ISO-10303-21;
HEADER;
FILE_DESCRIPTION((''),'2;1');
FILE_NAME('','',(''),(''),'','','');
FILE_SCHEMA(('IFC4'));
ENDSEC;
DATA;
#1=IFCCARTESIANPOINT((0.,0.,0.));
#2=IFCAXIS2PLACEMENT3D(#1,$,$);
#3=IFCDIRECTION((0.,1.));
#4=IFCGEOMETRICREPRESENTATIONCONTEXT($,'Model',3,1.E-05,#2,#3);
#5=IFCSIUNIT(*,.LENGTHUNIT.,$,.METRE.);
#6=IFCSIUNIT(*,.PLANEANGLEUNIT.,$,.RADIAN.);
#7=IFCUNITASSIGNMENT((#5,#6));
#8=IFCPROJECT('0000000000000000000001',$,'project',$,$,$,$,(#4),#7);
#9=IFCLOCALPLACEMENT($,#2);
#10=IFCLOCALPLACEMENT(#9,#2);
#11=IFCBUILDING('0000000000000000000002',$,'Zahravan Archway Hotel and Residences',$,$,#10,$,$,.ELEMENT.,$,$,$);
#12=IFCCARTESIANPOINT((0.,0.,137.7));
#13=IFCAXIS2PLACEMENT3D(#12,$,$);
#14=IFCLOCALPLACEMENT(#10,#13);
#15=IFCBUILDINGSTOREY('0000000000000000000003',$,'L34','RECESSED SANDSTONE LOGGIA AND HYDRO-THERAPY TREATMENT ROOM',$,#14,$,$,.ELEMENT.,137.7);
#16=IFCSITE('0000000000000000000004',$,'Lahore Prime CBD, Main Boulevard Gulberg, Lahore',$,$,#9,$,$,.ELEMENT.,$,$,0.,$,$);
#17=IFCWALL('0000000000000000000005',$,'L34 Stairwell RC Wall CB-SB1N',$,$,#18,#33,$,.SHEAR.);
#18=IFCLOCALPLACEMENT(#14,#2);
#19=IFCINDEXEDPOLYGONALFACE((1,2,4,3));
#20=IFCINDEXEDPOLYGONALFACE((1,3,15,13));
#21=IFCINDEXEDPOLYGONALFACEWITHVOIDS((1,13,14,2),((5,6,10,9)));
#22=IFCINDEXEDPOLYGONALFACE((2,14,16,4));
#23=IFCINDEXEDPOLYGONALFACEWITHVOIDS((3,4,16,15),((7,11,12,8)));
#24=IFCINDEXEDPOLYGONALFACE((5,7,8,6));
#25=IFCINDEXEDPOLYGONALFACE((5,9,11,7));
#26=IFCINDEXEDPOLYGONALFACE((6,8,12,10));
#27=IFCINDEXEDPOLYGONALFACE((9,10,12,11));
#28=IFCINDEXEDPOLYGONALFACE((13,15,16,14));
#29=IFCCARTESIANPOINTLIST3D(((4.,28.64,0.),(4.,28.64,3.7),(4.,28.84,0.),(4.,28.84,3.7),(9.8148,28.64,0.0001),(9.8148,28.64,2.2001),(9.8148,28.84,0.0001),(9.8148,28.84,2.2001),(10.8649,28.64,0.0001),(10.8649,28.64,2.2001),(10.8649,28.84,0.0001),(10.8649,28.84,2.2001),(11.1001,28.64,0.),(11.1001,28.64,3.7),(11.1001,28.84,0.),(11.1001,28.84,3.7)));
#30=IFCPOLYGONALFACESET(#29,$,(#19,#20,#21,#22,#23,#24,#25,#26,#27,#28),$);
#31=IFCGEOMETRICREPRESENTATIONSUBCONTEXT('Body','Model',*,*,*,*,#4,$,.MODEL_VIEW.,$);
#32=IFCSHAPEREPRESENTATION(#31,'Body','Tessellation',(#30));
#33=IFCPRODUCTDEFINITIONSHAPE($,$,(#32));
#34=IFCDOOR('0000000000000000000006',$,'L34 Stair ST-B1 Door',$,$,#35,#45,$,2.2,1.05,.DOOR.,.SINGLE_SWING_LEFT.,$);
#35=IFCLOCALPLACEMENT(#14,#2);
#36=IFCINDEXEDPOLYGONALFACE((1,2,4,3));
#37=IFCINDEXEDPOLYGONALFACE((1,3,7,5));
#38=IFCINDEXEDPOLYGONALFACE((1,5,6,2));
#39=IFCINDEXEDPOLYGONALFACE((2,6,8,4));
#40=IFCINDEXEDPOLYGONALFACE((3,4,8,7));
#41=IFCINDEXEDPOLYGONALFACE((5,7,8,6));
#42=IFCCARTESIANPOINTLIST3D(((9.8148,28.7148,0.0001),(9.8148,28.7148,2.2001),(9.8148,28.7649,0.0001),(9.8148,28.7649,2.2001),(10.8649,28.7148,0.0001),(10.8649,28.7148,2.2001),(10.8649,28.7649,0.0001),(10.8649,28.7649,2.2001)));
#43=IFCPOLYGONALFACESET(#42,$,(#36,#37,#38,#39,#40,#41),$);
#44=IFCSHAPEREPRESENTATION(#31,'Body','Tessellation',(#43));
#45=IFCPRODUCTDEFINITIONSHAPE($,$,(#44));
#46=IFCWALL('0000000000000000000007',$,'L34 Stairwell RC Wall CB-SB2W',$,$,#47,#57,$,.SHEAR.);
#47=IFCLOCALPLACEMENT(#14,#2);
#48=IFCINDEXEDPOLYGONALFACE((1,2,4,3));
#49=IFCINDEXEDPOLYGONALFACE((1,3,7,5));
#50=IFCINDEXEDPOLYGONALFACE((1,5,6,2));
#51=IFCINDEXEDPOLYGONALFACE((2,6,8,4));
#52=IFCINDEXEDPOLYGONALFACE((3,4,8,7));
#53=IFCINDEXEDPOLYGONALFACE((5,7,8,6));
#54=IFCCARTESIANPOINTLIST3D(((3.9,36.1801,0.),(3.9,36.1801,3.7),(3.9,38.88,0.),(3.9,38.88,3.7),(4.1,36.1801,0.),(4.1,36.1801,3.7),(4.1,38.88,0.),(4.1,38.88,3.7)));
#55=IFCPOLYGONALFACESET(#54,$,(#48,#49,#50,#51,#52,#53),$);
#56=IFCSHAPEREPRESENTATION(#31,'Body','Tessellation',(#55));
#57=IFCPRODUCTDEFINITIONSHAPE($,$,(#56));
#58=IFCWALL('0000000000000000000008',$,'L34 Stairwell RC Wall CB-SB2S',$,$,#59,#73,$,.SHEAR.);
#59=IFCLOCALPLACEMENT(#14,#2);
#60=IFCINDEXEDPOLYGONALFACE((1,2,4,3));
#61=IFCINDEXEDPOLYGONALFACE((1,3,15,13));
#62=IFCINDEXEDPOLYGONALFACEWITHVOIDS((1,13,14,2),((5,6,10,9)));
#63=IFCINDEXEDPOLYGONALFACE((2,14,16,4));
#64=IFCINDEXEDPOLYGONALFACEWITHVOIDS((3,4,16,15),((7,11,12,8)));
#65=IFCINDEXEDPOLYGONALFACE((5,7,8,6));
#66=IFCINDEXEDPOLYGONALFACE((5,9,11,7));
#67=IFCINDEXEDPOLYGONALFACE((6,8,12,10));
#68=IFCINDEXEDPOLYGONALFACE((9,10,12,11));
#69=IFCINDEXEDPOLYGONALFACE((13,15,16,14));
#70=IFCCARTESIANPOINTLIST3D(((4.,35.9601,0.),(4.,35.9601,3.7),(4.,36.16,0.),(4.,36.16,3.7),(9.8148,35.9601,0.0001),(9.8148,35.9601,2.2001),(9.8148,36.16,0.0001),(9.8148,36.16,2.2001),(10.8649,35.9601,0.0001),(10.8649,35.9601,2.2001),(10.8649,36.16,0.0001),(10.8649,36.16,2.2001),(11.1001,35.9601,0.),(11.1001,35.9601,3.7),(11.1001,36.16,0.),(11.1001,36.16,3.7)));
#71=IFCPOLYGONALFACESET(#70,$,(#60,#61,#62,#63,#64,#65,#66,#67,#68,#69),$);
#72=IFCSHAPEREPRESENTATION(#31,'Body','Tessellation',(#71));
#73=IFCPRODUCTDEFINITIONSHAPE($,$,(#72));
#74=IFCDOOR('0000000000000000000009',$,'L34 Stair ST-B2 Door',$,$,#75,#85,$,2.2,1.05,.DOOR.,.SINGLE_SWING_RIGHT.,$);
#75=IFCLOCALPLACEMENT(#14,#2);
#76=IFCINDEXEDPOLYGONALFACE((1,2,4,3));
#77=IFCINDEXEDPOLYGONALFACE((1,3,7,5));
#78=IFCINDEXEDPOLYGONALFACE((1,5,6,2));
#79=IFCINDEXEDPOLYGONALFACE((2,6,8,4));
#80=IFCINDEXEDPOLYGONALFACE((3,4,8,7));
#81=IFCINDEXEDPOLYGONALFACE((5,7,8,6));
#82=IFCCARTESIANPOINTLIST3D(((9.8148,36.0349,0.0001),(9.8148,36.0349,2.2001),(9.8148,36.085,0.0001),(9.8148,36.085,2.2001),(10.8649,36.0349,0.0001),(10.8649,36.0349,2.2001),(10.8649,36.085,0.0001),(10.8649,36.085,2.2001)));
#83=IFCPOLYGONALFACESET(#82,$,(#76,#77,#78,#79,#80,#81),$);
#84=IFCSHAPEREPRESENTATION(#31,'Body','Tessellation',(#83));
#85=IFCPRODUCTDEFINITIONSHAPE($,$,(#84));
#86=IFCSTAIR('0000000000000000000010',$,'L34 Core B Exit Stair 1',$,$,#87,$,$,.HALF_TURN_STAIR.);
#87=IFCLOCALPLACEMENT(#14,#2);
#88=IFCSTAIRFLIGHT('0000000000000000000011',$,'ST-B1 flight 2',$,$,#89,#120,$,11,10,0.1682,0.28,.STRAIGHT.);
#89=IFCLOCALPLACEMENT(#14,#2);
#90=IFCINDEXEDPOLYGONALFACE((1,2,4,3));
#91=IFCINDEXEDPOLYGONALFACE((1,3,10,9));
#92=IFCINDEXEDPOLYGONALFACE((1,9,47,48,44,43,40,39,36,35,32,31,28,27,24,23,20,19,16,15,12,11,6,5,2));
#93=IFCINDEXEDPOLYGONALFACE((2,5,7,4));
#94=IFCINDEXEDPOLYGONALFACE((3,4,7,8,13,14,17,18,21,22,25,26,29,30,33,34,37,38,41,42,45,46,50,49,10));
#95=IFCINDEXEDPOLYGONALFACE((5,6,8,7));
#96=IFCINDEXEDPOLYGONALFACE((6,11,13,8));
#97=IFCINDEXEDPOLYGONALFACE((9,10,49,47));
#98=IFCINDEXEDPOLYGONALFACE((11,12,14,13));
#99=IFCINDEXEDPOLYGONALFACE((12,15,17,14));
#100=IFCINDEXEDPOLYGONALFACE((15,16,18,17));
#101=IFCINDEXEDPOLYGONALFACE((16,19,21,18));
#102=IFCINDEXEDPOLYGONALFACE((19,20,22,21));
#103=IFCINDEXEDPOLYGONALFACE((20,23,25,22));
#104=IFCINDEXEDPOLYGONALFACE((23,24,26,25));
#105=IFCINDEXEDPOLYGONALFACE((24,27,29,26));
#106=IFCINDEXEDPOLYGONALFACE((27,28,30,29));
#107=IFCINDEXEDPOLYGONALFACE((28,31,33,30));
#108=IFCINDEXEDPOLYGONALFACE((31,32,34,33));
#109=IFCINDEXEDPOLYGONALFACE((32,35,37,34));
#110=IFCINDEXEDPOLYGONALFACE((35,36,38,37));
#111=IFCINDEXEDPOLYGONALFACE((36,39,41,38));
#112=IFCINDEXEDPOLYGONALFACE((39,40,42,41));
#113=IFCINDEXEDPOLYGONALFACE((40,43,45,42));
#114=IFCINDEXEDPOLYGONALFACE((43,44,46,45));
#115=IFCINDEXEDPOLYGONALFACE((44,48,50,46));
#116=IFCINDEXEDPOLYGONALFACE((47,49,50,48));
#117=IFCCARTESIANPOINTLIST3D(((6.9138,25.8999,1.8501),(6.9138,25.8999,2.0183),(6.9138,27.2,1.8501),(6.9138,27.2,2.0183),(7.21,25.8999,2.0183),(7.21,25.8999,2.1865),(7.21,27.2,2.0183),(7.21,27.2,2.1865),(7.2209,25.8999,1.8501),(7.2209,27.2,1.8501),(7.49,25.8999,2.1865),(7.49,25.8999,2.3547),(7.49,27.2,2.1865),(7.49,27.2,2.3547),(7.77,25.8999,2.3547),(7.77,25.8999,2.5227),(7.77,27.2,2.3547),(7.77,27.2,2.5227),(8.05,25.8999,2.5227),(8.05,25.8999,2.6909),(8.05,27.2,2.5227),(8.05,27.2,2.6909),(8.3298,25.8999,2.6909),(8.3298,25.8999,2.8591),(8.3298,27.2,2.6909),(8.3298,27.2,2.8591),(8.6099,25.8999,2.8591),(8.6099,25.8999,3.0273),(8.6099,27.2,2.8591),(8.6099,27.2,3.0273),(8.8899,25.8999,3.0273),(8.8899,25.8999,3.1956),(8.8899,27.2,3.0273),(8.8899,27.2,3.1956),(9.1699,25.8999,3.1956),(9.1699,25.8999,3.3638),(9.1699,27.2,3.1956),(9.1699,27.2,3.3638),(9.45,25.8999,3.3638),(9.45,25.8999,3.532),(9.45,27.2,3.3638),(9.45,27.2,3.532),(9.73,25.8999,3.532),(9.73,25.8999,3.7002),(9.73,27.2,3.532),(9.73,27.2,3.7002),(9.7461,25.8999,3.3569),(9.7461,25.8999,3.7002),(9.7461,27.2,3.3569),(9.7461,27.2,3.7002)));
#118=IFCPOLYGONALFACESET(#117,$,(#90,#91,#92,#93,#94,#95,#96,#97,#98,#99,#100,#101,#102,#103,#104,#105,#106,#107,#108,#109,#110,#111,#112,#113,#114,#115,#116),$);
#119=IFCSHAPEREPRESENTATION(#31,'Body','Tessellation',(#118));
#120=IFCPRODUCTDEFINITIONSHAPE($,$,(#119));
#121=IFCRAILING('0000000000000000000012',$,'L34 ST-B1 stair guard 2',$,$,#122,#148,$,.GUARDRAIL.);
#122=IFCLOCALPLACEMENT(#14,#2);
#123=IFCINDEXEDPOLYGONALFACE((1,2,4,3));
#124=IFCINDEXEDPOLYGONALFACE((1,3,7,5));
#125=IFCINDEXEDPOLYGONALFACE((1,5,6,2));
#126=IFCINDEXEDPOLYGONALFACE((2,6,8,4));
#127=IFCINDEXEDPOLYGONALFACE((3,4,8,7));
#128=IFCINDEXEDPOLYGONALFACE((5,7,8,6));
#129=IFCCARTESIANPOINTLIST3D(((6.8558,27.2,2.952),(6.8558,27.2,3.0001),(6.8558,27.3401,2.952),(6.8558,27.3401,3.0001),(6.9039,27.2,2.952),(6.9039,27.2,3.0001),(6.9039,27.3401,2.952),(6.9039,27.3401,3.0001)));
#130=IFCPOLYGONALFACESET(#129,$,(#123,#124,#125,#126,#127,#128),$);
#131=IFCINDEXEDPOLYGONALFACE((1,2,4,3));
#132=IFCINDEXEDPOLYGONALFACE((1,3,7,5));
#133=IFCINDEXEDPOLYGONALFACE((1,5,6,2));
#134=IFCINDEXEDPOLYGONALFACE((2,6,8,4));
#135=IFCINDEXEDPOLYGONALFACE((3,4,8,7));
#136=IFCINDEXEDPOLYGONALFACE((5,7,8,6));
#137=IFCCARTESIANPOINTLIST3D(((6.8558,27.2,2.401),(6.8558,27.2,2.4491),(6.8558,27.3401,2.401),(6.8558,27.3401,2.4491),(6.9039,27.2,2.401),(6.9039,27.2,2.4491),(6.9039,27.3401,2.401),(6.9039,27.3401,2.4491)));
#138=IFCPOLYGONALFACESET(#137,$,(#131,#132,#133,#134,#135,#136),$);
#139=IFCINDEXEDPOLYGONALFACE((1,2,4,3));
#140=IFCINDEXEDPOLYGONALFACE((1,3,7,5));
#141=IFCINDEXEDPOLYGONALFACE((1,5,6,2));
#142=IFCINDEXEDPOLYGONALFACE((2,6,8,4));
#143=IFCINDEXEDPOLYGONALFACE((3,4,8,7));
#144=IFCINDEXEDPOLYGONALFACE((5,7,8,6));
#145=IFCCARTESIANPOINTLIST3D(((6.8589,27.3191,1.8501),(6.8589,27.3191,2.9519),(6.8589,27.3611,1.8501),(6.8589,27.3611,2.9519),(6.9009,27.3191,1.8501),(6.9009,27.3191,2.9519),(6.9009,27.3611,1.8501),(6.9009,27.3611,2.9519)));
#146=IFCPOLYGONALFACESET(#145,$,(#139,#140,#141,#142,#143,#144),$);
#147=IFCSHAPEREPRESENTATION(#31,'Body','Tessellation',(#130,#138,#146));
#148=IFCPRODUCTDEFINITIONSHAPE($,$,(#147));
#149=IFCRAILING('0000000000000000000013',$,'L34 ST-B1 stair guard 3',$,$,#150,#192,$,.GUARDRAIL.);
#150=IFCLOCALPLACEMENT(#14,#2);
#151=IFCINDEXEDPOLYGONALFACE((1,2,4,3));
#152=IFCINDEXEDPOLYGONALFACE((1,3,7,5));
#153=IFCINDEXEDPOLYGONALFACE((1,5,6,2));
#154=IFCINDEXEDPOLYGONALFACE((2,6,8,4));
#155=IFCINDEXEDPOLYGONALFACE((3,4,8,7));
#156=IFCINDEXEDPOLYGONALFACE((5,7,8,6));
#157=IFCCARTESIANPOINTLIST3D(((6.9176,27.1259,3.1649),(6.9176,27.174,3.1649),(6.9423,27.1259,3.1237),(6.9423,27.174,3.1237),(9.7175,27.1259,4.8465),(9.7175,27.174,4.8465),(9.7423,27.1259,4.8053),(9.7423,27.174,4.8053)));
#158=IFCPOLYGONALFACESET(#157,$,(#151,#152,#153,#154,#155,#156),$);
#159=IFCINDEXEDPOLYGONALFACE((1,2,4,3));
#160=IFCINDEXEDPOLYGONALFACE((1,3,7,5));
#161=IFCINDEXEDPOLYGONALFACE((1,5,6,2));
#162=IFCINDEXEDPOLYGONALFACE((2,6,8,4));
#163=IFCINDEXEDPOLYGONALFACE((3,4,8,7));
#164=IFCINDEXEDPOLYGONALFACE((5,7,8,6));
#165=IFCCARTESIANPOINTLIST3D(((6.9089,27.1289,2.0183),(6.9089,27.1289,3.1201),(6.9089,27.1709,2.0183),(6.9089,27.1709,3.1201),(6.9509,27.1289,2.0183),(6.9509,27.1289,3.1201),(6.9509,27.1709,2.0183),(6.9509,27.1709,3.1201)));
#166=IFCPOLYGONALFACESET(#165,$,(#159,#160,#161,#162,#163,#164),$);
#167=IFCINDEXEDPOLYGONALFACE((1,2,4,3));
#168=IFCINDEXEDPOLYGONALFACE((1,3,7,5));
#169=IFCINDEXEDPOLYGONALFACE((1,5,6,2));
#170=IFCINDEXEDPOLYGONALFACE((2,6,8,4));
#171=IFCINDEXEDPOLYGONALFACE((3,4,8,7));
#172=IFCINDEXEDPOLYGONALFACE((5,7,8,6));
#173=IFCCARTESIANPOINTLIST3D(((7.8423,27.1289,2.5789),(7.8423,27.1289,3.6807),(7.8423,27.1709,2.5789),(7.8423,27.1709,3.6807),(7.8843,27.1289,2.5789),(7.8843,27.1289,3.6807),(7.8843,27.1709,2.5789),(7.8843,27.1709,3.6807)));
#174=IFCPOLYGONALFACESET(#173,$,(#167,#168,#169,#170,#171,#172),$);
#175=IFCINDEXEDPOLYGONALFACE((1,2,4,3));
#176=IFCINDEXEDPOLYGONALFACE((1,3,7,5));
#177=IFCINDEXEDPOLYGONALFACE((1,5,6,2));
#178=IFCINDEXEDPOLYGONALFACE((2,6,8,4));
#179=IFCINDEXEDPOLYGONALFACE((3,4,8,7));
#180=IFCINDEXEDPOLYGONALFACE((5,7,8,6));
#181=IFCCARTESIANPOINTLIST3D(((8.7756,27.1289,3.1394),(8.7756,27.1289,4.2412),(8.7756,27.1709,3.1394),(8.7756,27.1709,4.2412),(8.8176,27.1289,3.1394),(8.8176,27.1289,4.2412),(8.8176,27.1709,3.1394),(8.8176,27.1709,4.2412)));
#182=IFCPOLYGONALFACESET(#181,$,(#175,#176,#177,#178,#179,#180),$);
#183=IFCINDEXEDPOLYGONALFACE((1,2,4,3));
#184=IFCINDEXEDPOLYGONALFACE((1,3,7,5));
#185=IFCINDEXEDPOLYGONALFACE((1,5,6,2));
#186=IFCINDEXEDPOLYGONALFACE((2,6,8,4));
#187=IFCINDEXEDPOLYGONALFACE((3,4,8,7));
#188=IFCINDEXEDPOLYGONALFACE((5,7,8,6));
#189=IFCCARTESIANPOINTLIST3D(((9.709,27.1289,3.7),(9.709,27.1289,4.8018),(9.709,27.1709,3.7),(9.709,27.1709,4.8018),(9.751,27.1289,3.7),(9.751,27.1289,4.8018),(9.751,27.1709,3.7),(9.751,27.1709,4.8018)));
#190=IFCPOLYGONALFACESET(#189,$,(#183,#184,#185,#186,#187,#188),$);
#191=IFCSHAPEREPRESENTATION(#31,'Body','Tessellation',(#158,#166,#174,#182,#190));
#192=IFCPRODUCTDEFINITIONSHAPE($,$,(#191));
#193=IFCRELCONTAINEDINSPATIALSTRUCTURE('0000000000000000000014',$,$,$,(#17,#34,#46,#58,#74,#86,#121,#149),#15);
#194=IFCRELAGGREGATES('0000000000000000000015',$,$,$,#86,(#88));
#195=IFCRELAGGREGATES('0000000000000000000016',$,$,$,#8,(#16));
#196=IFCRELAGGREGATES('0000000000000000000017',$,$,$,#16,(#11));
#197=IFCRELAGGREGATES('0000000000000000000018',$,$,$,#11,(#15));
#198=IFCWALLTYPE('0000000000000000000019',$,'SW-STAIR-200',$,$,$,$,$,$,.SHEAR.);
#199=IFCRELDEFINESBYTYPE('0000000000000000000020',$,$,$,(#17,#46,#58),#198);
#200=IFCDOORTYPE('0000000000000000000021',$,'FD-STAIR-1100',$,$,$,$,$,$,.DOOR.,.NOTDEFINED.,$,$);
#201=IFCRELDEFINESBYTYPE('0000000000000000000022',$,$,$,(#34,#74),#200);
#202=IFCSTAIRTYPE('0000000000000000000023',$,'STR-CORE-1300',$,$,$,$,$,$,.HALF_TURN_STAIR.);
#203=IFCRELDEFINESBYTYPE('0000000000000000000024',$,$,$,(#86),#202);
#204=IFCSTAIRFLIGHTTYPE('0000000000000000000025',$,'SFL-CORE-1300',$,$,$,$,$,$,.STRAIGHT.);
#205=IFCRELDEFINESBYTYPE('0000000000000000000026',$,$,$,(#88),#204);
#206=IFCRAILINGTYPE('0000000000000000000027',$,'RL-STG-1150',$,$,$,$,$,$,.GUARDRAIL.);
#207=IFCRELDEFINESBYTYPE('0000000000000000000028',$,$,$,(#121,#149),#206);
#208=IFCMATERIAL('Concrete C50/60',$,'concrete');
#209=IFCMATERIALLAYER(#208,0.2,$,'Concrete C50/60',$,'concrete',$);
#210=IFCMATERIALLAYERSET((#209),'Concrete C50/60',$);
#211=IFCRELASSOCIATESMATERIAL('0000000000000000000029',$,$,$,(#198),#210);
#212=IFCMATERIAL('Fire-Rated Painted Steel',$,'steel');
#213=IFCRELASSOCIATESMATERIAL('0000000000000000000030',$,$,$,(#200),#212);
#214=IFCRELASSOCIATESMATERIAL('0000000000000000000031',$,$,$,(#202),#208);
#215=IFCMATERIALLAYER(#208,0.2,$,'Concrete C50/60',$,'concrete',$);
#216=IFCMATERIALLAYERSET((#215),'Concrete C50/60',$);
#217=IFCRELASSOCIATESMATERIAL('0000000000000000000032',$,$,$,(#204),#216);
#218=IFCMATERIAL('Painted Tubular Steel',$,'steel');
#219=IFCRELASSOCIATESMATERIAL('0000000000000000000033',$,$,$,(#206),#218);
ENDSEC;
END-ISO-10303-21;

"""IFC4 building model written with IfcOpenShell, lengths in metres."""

from ifc_helpers import new_model, si_unit, direction, frame, frame_2d, origin, origin_2d, place, context, subcontext, project, spatial, polyline, rectangle, outline, extrude, source, transform, mapped, material, layer, layer_set, type_object, type_shapes, element, fill, aggregate, save


model = new_model("IFC4")

# Units and contexts
model_context = context("Model", 3, precision=1e-05, world=origin(), true_north=direction((0.0, 1.0)))
body_context = subcontext(model_context, "Body", "Model", "MODEL_VIEW")
ifc_project = project(units=[si_unit("LENGTHUNIT", "METRE"), si_unit("PLANEANGLEUNIT", "RADIAN")], contexts=[model_context])

# Site, building, storey
site_placement = place(None, origin())
site = spatial("IfcSite", under=ifc_project, at=site_placement, Name="Lahore Prime CBD, Main Boulevard Gulberg, Lahore", CompositionType="ELEMENT", RefElevation=0.0)
building_placement = place(site_placement, origin())
building = spatial("IfcBuilding", under=site, at=building_placement, Name="Zahravan Archway Hotel and Residences", CompositionType="ELEMENT")
storey_placement = place(building_placement, frame((0.0, 0.0, 137.7)))
storey = spatial("IfcBuildingStorey", under=building, at=storey_placement, Name="L34", Description="RECESSED SANDSTONE LOGGIA AND HYDRO-THERAPY TREATMENT ROOM", CompositionType="ELEMENT", Elevation=137.7)

# Shared definitions
ifc_material_1 = material(Name="Fire-Rated Painted Steel", Category="steel")

# Shared definitions
ifc_material_2 = material(Name="Concrete C50/60", Category="concrete")
ifc_layer_1 = layer(ifc_material_2, 0.2, Name="Concrete C50/60", Category="concrete")
ifc_layer_set_1 = layer_set([ifc_layer_1], Name="Concrete C50/60")
wall_type_1 = type_object("IfcWallType", Name="SW-STAIR-200", PredefinedType="SHEAR", material=ifc_layer_set_1)

# Wall, opening, door
wall_1_placement = place(storey_placement, frame((4.0, 28.74, 0.0), z_axis=(0.0, 0.0, 1.0), x_axis=(1.0, 0.0, 0.0)))
wall_1 = element("IfcWall", 1, at=wall_1_placement, inside=storey, type_object=wall_type_1, Name="L34 Stairwell RC Wall CB-SB1N", PredefinedType="SHEAR", context=body_context, shape_type="SweptSolid", body=[
    extrude(rectangle(XDim=7.1001, YDim=0.2, at=frame_2d((3.55, 0.0))), origin(), (0.0, 0.0, 1.0), 3.7),
])
opening_1_placement = place(wall_1_placement, frame((5.8149, 0.0, 0.0)))
opening_1 = element("IfcOpeningElement", 2, at=opening_1_placement, cuts=wall_1, PredefinedType="OPENING", context=body_context, shape_type="SweptSolid", body=[
    extrude(rectangle(XDim=1.05, YDim=2.2, at=frame_2d((0.5249, 1.1001))), frame((0.0, 0.1099, 0.0), z_axis=(0.0, -1.0, 0.0), x_axis=(1.0, 0.0, 0.0)), (0.0, 0.0, 1.0), 0.22),
])
door_type_1 = type_object("IfcDoorType", Name="FD-STAIR-1100", OperationType="NOTDEFINED", PredefinedType="DOOR", material=ifc_material_1)
shared_shape_1 = source(origin(), body_context, "Body", "SweptSolid", [
    extrude(rectangle(XDim=1.05, YDim=2.2, at=frame_2d((0.5249, 1.1001))), frame((0.0, 0.0249, 0.0), z_axis=(0.0, -1.0, 0.0), x_axis=(1.0, 0.0, 0.0)), (0.0, 0.0, 1.0), 0.05),
])
type_shapes(door_type_1, [shared_shape_1])
door_1_placement = place(opening_1_placement, origin())
door_1 = element("IfcDoor", 3, at=door_1_placement, inside=storey, type_object=door_type_1, Name="L34 Stair ST-B1 Door", OperationType="SINGLE_SWING_LEFT", OverallHeight=2.2, OverallWidth=1.05, PredefinedType="DOOR", context=body_context, shape_type="MappedRepresentation", body=[
    mapped(shared_shape_1, transform((0.0, 0.0, 0.0), scale=1.0)),
])
fill(opening_1, door_1)

# Wall
wall_2_placement = place(storey_placement, frame((4.0, 36.1799, 0.0), z_axis=(0.0, 0.0, 1.0), x_axis=(0.0, 1.0, 0.0)))
element("IfcWall", 4, at=wall_2_placement, inside=storey, type_object=wall_type_1, Name="L34 Stairwell RC Wall CB-SB2W", PredefinedType="SHEAR", context=body_context, shape_type="SweptSolid", body=[
    extrude(rectangle(XDim=2.7, YDim=0.2, at=frame_2d((1.3501, 0.0))), origin(), (0.0, 0.0, 1.0), 3.7),
])

# Wall, opening, door
wall_3_placement = place(storey_placement, frame((4.0, 36.0601, 0.0), z_axis=(0.0, 0.0, 1.0), x_axis=(1.0, 0.0, 0.0)))
wall_3 = element("IfcWall", 5, at=wall_3_placement, inside=storey, type_object=wall_type_1, Name="L34 Stairwell RC Wall CB-SB2S", PredefinedType="SHEAR", context=body_context, shape_type="SweptSolid", body=[
    extrude(rectangle(XDim=7.1001, YDim=0.2, at=frame_2d((3.55, 0.0))), origin(), (0.0, 0.0, 1.0), 3.7),
])
opening_2_placement = place(wall_3_placement, frame((5.8149, 0.0, 0.0)))
opening_2 = element("IfcOpeningElement", 6, at=opening_2_placement, cuts=wall_3, PredefinedType="OPENING", context=body_context, shape_type="SweptSolid", body=[
    extrude(rectangle(XDim=1.05, YDim=2.2, at=frame_2d((0.5249, 1.1001))), frame((0.0, 0.1099, 0.0), z_axis=(0.0, -1.0, 0.0), x_axis=(1.0, 0.0, 0.0)), (0.0, 0.0, 1.0), 0.22),
])
door_2_placement = place(opening_2_placement, origin())
door_2 = element("IfcDoor", 7, at=door_2_placement, inside=storey, type_object=door_type_1, Name="L34 Stair ST-B2 Door", OperationType="SINGLE_SWING_RIGHT", OverallHeight=2.2, OverallWidth=1.05, PredefinedType="DOOR", context=body_context, shape_type="MappedRepresentation", body=[
    mapped(shared_shape_1, transform((0.0, 0.0, 0.0), scale=1.0)),
])
fill(opening_2, door_2)

# Stair, stair flight
stair_type = type_object("IfcStairType", Name="STR-CORE-1300", PredefinedType="HALF_TURN_STAIR", material=ifc_material_2)
stair_placement = place(storey_placement, origin())
stair = element("IfcStair", 8, at=stair_placement, inside=storey, type_object=stair_type, Name="L34 Core B Exit Stair 1", PredefinedType="HALF_TURN_STAIR")
ifc_layer_2 = layer(ifc_material_2, 0.2, Name="Concrete C50/60", Category="concrete")
ifc_layer_set_2 = layer_set([ifc_layer_2], Name="Concrete C50/60")
stair_flight_type = type_object("IfcStairFlightType", Name="SFL-CORE-1300", PredefinedType="STRAIGHT", material=ifc_layer_set_2)
shared_shape_2 = source(origin(), body_context, "Body", "SweptSolid", [
    extrude(outline(polyline([(-0.0161, 0.0), (-0.0161, 0.1682), (0.28, 0.1682), (0.28, 0.3364), (0.5601, 0.3364), (0.5601, 0.5046), (0.8401, 0.5046), (0.8401, 0.6726), (1.1201, 0.6726), (1.1201, 0.8408), (1.3999, 0.8408), (1.3999, 1.009), (1.6799, 1.009), (1.6799, 1.1772), (1.96, 1.1772), (1.96, 1.3455), (2.24, 1.3455), (2.24, 1.5137), (2.52, 1.5137), (2.52, 1.6819), (2.8, 1.6819), (2.8, 1.8501), (2.8162, 1.8501), (2.8162, 1.5068), (0.291, 0.0), (-0.0161, 0.0)])), frame((0.0, 0.6499, 0.0), z_axis=(0.0, -1.0, 0.0), x_axis=(1.0, 0.0, 0.0)), (0.0, 0.0, 1.0), 1.3),
])
stair_flight_placement = place(storey_placement, frame((6.9299, 26.55, 1.8501), z_axis=(0.0, 0.0, 1.0), x_axis=(1.0, 0.0, 0.0)))
stair_flight = element("IfcStairFlight", 9, at=stair_flight_placement, type_object=stair_flight_type, Name="ST-B1 flight 2", NumberOfRisers=11, NumberOfTreads=10, PredefinedType="STRAIGHT", RiserHeight=0.1682, TreadLength=0.28, context=body_context, shape_type="MappedRepresentation", body=[
    mapped(shared_shape_2, transform((0.0, 0.0, 0.0), scale=1.0)),
])
aggregate(stair, [stair_flight])

# Railings
ifc_material_3 = material(Name="Painted Tubular Steel", Category="steel")
railing_type_1 = type_object("IfcRailingType", Name="RL-STG-1150", PredefinedType="GUARDRAIL", material=ifc_material_3)
railing_1_placement = place(storey_placement, frame((6.8799, 27.3401, 1.8501)))
element("IfcRailing", 10, at=railing_1_placement, inside=storey, type_object=railing_type_1, Name="L34 ST-B1 stair guard 2", PredefinedType="GUARDRAIL", context=body_context, shape_type="SweptSolid", body=[
    extrude(rectangle(XDim=0.0481, YDim=0.0481, at=origin_2d()), frame((0.0, 0.0, 1.126), z_axis=(0.0, -1.0, 0.0), x_axis=(1.0, 0.0, 0.0)), (0.0, 0.0, 1.0), 0.1401),
    extrude(rectangle(XDim=0.0481, YDim=0.0481, at=origin_2d()), frame((0.0, 0.0, 0.575), z_axis=(0.0, -1.0, 0.0), x_axis=(1.0, 0.0, 0.0)), (0.0, 0.0, 1.0), 0.1401),
    extrude(rectangle(XDim=0.042, YDim=0.042, at=origin_2d()), origin(), (0.0, 0.0, 1.0), 1.1018),
])
railing_2_placement = place(storey_placement, frame((6.9299, 27.1499, 2.0183)))
element("IfcRailing", 11, at=railing_2_placement, inside=storey, type_object=railing_type_1, Name="L34 ST-B1 stair guard 3", PredefinedType="GUARDRAIL", context=body_context, shape_type="SweptSolid", body=[
    extrude(rectangle(XDim=0.0481, YDim=0.0481, at=origin_2d()), frame((0.0, 0.0, 1.126), z_axis=(0.857275, 0.0, 0.514858), x_axis=(0.0, 1.0, 0.0)), (0.0, 0.0, 1.0), 3.2661),
    extrude(rectangle(XDim=0.042, YDim=0.042, at=origin_2d()), origin(), (0.0, 0.0, 1.0), 1.1018),
    extrude(rectangle(XDim=0.042, YDim=0.042, at=origin_2d()), frame((0.9333, 0.0, 0.5605)), (0.0, 0.0, 1.0), 1.1018),
    extrude(rectangle(XDim=0.042, YDim=0.042, at=origin_2d()), frame((1.8667, 0.0, 1.1211)), (0.0, 0.0, 1.0), 1.1018),
    extrude(rectangle(XDim=0.042, YDim=0.042, at=origin_2d()), frame((2.8, 0.0, 1.6816)), (0.0, 0.0, 1.0), 1.1018),
])

save(model, "model.ifc")
